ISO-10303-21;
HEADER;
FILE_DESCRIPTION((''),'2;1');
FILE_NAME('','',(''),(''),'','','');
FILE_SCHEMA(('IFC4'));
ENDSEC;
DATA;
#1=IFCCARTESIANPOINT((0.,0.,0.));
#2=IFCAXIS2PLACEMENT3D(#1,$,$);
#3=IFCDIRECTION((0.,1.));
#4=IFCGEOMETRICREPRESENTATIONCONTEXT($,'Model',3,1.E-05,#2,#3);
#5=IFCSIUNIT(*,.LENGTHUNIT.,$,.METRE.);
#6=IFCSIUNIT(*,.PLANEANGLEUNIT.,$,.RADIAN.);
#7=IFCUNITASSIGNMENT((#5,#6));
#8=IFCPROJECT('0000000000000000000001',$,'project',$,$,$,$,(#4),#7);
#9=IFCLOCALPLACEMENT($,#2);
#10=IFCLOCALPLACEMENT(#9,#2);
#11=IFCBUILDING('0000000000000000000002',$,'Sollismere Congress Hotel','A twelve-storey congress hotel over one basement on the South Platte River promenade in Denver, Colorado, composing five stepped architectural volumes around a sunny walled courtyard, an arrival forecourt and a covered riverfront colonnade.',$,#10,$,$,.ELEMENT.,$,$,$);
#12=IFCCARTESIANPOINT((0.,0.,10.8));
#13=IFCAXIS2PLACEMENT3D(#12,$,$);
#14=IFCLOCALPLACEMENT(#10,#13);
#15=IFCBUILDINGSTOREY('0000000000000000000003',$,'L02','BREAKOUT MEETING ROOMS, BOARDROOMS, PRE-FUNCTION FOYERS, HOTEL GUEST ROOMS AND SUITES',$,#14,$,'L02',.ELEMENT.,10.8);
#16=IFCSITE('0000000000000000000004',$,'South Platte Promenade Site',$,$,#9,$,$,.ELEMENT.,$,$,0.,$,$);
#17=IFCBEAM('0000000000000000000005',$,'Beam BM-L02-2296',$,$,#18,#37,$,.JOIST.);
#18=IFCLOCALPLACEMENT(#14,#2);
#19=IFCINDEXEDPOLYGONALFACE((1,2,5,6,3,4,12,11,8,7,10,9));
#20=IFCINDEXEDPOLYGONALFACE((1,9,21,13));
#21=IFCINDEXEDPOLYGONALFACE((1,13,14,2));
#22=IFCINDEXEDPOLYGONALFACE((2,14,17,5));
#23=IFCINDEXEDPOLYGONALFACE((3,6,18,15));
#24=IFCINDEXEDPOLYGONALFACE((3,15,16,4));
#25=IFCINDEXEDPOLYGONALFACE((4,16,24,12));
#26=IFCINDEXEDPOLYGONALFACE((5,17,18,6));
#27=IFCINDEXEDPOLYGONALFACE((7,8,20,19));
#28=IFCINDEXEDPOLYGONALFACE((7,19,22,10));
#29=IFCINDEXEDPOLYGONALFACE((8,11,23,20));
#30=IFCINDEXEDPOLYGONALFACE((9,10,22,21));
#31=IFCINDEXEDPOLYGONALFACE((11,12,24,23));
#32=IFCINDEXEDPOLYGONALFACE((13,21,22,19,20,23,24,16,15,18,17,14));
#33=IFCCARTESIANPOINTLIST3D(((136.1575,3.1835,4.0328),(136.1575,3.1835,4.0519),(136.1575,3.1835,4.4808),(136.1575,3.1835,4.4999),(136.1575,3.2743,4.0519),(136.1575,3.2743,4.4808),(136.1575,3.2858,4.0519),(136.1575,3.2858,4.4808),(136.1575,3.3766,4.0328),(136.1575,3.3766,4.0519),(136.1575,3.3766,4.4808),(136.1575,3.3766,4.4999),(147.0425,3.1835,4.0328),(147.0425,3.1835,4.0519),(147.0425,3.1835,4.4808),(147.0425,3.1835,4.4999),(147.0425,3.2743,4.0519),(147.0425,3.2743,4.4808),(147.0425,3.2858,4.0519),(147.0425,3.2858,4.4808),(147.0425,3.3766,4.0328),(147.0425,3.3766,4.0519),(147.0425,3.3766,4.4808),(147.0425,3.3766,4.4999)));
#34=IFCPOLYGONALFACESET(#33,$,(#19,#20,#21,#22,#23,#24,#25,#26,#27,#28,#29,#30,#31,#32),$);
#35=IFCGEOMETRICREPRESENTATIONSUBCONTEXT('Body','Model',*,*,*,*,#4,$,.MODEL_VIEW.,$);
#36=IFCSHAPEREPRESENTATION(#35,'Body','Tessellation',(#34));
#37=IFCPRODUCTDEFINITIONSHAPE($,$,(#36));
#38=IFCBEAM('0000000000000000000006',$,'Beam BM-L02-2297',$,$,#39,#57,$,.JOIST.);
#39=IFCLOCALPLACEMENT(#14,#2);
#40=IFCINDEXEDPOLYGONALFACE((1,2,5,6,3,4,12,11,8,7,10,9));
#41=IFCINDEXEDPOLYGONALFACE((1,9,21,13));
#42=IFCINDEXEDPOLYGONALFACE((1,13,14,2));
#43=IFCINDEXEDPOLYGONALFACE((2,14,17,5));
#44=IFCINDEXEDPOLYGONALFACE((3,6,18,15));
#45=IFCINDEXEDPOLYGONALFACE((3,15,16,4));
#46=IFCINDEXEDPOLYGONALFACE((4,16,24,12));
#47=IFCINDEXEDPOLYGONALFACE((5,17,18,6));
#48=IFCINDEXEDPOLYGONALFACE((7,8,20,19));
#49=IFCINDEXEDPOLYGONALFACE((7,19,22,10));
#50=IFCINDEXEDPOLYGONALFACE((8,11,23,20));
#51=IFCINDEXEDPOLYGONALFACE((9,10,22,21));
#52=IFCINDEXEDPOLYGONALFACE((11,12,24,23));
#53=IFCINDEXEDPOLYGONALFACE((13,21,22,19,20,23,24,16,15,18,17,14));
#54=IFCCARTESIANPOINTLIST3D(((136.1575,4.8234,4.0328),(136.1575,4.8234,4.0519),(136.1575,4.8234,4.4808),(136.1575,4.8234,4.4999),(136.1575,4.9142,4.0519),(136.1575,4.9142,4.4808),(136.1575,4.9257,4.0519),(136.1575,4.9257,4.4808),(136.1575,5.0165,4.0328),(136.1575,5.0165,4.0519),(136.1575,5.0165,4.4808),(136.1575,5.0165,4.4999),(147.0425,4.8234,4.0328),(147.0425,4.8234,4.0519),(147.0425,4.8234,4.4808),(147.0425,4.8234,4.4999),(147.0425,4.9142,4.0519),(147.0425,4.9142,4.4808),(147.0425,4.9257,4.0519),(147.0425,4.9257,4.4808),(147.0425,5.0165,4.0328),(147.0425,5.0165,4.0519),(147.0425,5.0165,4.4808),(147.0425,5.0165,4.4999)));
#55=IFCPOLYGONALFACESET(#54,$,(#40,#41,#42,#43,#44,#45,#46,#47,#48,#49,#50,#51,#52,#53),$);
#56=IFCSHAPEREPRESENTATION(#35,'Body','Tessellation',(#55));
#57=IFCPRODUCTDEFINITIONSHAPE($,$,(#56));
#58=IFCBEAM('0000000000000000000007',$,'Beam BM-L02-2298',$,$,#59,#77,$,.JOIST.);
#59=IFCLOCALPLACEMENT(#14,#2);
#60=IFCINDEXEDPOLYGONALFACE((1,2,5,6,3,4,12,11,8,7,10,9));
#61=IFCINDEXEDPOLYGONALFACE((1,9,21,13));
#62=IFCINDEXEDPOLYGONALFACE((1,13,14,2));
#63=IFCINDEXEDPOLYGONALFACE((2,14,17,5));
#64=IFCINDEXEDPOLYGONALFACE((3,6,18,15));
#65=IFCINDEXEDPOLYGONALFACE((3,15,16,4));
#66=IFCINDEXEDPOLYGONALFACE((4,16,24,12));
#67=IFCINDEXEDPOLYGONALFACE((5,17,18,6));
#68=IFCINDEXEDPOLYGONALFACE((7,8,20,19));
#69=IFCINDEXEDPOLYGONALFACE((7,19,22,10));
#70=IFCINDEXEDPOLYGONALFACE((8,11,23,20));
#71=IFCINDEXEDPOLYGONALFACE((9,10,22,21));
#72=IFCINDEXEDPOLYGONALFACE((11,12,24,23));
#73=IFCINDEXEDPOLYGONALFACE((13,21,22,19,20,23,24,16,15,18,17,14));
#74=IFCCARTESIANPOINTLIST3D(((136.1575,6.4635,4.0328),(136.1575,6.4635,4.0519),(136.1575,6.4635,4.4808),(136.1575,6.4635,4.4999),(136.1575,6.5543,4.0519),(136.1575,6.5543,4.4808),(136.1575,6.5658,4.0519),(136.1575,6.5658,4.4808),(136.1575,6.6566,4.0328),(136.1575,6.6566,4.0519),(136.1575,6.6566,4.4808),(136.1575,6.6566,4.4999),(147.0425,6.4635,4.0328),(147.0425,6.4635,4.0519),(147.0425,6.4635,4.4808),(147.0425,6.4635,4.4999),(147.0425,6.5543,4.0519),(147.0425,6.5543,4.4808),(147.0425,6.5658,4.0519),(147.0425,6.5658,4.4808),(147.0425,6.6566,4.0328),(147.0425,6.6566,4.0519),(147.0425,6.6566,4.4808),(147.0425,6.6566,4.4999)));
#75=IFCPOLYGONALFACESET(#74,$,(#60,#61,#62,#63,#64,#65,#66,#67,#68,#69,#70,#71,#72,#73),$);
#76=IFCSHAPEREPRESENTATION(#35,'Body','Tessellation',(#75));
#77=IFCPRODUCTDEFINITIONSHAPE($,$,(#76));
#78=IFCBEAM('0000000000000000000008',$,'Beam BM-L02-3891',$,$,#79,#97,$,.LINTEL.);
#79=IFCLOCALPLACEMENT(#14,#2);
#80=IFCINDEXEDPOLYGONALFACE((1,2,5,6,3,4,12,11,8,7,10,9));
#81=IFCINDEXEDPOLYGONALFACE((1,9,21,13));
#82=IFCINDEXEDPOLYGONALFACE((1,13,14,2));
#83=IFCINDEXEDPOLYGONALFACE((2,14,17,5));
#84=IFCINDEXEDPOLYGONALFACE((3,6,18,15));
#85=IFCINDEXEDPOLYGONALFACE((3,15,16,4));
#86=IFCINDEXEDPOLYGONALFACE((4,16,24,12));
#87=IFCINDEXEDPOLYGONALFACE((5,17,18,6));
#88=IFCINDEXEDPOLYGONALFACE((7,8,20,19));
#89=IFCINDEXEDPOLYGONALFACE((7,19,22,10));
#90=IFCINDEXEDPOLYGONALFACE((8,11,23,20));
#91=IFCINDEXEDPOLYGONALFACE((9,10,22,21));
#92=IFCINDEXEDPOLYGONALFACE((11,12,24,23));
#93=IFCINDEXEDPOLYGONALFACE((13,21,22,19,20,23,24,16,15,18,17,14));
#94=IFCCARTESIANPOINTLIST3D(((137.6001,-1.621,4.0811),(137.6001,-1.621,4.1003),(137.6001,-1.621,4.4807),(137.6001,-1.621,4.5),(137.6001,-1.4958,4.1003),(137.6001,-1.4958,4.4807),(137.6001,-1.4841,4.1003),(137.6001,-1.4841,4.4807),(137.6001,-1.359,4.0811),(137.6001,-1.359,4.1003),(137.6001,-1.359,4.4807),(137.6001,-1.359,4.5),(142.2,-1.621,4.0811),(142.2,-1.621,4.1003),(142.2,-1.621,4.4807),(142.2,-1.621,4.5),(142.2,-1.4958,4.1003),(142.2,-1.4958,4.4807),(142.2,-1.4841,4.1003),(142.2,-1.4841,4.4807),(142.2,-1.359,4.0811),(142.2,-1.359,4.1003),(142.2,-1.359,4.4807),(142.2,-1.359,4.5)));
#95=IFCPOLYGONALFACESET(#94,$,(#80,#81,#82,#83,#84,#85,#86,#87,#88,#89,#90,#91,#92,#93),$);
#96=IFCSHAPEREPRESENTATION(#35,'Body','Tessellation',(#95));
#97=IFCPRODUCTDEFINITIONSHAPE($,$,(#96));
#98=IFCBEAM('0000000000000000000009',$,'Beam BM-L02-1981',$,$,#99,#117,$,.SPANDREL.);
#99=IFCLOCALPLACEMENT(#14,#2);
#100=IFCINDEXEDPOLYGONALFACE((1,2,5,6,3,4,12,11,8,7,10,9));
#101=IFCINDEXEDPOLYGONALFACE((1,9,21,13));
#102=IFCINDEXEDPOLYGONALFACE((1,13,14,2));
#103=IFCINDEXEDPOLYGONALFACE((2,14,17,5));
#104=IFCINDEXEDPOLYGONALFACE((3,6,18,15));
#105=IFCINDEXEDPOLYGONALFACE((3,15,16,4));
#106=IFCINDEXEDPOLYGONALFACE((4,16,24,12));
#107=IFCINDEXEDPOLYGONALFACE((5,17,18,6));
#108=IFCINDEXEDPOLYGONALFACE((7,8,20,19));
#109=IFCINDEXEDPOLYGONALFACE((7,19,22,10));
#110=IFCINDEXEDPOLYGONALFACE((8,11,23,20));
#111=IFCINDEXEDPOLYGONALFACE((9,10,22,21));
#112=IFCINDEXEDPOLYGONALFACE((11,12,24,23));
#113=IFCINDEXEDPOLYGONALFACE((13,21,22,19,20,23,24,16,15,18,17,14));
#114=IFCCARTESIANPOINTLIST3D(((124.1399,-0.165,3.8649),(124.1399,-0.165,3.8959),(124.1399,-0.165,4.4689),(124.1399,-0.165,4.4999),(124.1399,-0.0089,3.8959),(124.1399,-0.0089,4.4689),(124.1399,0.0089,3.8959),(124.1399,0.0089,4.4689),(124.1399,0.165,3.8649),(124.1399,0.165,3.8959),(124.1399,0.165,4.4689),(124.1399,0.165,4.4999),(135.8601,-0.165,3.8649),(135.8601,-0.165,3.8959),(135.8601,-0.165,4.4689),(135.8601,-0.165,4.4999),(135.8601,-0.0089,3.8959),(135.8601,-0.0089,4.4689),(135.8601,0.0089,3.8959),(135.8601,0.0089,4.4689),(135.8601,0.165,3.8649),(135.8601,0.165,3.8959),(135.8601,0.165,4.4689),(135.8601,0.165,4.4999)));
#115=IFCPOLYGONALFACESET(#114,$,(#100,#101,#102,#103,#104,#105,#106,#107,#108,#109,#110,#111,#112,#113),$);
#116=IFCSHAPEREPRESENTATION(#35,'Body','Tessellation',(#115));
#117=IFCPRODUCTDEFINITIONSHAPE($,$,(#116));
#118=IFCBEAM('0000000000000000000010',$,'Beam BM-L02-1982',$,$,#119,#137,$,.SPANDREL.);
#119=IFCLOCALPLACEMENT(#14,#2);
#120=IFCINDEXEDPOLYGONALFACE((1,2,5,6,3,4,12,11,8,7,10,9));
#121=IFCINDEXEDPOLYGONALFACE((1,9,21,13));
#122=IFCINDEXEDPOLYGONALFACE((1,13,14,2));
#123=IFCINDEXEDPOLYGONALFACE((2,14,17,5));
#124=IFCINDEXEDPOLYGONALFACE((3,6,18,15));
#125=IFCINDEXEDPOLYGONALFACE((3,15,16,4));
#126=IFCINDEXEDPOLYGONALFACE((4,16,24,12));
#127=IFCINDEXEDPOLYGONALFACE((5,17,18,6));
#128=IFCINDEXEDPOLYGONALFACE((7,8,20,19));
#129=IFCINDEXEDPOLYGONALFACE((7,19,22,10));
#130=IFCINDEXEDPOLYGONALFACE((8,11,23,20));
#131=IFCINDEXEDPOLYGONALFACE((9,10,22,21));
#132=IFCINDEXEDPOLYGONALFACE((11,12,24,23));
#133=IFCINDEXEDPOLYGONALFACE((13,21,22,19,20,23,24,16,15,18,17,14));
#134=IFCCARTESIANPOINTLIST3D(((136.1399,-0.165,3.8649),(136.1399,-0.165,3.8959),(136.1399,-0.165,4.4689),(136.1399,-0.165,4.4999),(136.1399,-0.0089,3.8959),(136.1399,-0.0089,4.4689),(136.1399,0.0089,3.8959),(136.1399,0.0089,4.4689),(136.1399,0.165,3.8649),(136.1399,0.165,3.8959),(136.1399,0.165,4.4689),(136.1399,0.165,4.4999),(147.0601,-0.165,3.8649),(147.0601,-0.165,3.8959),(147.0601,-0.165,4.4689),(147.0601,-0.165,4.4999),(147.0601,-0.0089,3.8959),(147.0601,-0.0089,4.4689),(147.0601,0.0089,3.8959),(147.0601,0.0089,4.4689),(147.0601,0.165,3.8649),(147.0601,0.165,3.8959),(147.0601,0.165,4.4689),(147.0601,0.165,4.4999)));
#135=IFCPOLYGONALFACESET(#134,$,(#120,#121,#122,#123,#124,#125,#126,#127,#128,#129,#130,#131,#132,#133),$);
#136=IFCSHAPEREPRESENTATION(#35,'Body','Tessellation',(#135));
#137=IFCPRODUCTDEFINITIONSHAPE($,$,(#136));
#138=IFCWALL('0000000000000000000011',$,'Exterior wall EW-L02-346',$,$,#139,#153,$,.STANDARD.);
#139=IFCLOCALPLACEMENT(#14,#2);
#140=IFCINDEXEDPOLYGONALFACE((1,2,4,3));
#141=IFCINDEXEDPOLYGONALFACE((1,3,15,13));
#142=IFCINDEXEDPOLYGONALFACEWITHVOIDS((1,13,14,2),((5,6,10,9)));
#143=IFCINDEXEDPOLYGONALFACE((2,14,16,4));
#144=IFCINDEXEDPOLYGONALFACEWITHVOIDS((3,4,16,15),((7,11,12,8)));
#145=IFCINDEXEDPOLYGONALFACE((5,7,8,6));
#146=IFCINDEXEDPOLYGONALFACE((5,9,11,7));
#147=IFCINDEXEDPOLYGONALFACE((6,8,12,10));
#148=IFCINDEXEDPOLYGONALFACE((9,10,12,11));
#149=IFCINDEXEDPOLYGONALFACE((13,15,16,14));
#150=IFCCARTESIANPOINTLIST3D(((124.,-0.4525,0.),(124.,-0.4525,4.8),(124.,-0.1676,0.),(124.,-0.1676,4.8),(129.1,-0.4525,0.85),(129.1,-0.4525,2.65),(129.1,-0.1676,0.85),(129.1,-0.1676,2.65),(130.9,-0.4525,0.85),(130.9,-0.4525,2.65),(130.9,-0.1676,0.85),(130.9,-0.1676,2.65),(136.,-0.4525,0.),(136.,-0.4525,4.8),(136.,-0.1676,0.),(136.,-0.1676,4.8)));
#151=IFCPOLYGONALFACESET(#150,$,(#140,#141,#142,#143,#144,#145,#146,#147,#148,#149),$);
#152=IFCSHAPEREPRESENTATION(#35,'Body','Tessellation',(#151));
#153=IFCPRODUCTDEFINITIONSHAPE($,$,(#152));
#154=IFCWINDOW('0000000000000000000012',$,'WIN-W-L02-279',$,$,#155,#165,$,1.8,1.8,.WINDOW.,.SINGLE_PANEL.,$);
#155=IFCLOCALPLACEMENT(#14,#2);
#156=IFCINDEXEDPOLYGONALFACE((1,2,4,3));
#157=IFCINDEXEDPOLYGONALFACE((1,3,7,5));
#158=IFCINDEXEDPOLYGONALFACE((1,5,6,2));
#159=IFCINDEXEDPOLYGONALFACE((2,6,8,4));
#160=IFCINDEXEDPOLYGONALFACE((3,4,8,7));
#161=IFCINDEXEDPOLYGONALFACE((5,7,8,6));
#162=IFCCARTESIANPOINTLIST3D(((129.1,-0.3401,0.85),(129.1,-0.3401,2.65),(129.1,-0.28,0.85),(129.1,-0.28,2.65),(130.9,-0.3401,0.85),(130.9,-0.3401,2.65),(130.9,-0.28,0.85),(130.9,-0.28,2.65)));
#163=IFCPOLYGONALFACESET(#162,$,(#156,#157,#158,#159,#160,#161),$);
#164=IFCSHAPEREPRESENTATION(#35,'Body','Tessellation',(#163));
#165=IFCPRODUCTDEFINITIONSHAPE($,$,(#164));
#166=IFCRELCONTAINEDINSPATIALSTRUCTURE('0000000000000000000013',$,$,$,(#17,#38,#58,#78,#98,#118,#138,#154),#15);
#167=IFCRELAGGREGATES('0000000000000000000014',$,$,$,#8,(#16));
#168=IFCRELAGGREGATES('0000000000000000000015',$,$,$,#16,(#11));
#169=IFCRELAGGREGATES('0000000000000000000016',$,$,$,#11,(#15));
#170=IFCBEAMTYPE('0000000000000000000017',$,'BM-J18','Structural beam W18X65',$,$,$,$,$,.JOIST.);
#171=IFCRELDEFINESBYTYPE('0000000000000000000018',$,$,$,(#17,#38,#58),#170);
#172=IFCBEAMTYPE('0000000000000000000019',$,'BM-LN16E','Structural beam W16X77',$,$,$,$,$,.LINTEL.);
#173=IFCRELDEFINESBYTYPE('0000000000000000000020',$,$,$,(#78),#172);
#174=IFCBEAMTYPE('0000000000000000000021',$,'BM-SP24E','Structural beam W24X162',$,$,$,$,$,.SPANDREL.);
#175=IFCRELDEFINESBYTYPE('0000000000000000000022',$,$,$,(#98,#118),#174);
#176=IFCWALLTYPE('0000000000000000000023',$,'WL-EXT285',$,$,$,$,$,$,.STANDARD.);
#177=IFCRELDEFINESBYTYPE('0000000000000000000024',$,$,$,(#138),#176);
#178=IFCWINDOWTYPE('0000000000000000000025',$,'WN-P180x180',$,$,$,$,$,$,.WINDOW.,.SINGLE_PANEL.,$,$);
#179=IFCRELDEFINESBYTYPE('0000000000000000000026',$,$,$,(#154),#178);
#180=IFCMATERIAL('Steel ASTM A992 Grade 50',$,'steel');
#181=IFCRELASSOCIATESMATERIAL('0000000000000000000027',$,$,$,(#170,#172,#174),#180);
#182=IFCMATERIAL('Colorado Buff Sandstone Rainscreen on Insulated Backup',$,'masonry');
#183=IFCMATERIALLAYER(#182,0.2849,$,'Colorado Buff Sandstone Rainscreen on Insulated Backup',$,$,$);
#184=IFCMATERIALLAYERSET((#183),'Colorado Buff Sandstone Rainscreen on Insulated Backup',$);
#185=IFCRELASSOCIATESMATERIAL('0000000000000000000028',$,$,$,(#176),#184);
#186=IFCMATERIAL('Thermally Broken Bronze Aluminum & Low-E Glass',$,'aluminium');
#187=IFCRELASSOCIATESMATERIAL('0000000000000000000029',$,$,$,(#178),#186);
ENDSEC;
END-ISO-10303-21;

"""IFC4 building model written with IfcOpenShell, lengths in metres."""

from ifc_helpers import new_model, si_unit, direction, frame, frame_2d, origin, origin_2d, place, context, subcontext, project, spatial, rectangle, i_section, extrude, material, layer, layer_set, material_profile, profile_set, type_object, element, fill, save


model = new_model("IFC4")

# Units and contexts
model_context = context("Model", 3, precision=1e-05, world=origin(), true_north=direction((0.0, 1.0)))
body_context = subcontext(model_context, "Body", "Model", "MODEL_VIEW")
ifc_project = project(units=[si_unit("LENGTHUNIT", "METRE"), si_unit("PLANEANGLEUNIT", "RADIAN")], contexts=[model_context])

# Site, building, storey
site_placement = place(None, origin())
site = spatial("IfcSite", under=ifc_project, at=site_placement, Name="South Platte Promenade Site", CompositionType="ELEMENT", RefElevation=0.0)
building_placement = place(site_placement, origin())
building = spatial("IfcBuilding", under=site, at=building_placement, Name="Sollismere Congress Hotel", Description="A twelve-storey congress hotel over one basement on the South Platte River promenade in Denver, Colorado, composing five stepped architectural volumes around a sunny walled courtyard, an arrival forecourt and a covered riverfront colonnade.", CompositionType="ELEMENT")
storey_placement = place(building_placement, frame((0.0, 0.0, 10.8)))
storey = spatial("IfcBuildingStorey", under=building, at=storey_placement, Name="L02", Description="BREAKOUT MEETING ROOMS, BOARDROOMS, PRE-FUNCTION FOYERS, HOTEL GUEST ROOMS AND SUITES", LongName="L02", CompositionType="ELEMENT", Elevation=10.8)

# Shared definitions
ifc_material_1 = material(Name="Steel ASTM A992 Grade 50", Category="steel")

# Beams
ifc_material_profile_1 = material_profile(ifc_material_1, i_section(OverallWidth=0.1931, OverallDepth=0.467, WebThickness=0.0115, FlangeThickness=0.019, at=origin_2d()), Name="W18X65")
ifc_profile_set_1 = profile_set([ifc_material_profile_1], Name="Steel ASTM A992 Grade 50")
beam_type_1 = type_object("IfcBeamType", Name="BM-J18", Description="Structural beam W18X65", PredefinedType="JOIST", material=ifc_profile_set_1)
for number, where, z_axis, x_axis, name in (
    (1, (136.1575, 3.28, 4.2664), (1.0, 0.0, 0.0), (0.0, 1.0, 0.0), "Beam BM-L02-2296"),
    (2, (136.1575, 4.9199, 4.2664), (1.0, 0.0, 0.0), (0.0, 1.0, 0.0), "Beam BM-L02-2297"),
    (3, (136.1575, 6.5601, 4.2664), (1.0, 0.0, 0.0), (0.0, 1.0, 0.0), "Beam BM-L02-2298"),
):
    element("IfcBeam", number, at=place(storey_placement, frame(where, z_axis=z_axis, x_axis=x_axis)), inside=storey, type_object=beam_type_1, Name=name, PredefinedType="JOIST", context=body_context, shape_type="SweptSolid", body=[
        extrude(i_section(OverallWidth=0.1931, OverallDepth=0.467, WebThickness=0.0115, FlangeThickness=0.019, at=origin_2d()), origin(), (0.0, 0.0, 1.0), 10.885),
    ])
ifc_material_profile_2 = material_profile(ifc_material_1, i_section(OverallWidth=0.262, OverallDepth=0.4189, WebThickness=0.0117, FlangeThickness=0.0193, at=origin_2d()), Name="W16X77")
ifc_profile_set_2 = profile_set([ifc_material_profile_2], Name="Steel ASTM A992 Grade 50")
beam_type_2 = type_object("IfcBeamType", Name="BM-LN16E", Description="Structural beam W16X77", PredefinedType="LINTEL", material=ifc_profile_set_2)
beam_1_placement = place(storey_placement, frame((137.6001, -1.49, 4.2905), z_axis=(1.0, 0.0, 0.0), x_axis=(0.0, 1.0, 0.0)))
element("IfcBeam", 4, at=beam_1_placement, inside=storey, type_object=beam_type_2, Name="Beam BM-L02-3891", PredefinedType="LINTEL", context=body_context, shape_type="SweptSolid", body=[
    extrude(i_section(OverallWidth=0.262, OverallDepth=0.4189, WebThickness=0.0117, FlangeThickness=0.0193, at=origin_2d()), origin(), (0.0, 0.0, 1.0), 4.5999),
])
ifc_material_profile_3 = material_profile(ifc_material_1, i_section(OverallWidth=0.3301, OverallDepth=0.635, WebThickness=0.0178, FlangeThickness=0.031, at=origin_2d()), Name="W24X162")
ifc_profile_set_3 = profile_set([ifc_material_profile_3], Name="Steel ASTM A992 Grade 50")
beam_type_3 = type_object("IfcBeamType", Name="BM-SP24E", Description="Structural beam W24X162", PredefinedType="SPANDREL", material=ifc_profile_set_3)
beam_2_placement = place(storey_placement, frame((124.1399, 0.0, 4.1824), z_axis=(1.0, 0.0, 0.0), x_axis=(0.0, 1.0, 0.0)))
element("IfcBeam", 5, at=beam_2_placement, inside=storey, type_object=beam_type_3, Name="Beam BM-L02-1981", PredefinedType="SPANDREL", context=body_context, shape_type="SweptSolid", body=[
    extrude(i_section(OverallWidth=0.3301, OverallDepth=0.635, WebThickness=0.0178, FlangeThickness=0.031, at=origin_2d()), origin(), (0.0, 0.0, 1.0), 11.7202),
])
beam_3_placement = place(storey_placement, frame((136.1399, 0.0, 4.1824), z_axis=(1.0, 0.0, 0.0), x_axis=(0.0, 1.0, 0.0)))
element("IfcBeam", 6, at=beam_3_placement, inside=storey, type_object=beam_type_3, Name="Beam BM-L02-1982", PredefinedType="SPANDREL", context=body_context, shape_type="SweptSolid", body=[
    extrude(i_section(OverallWidth=0.3301, OverallDepth=0.635, WebThickness=0.0178, FlangeThickness=0.031, at=origin_2d()), origin(), (0.0, 0.0, 1.0), 10.9202),
])

# Wall, opening, window
ifc_material_2 = material(Name="Colorado Buff Sandstone Rainscreen on Insulated Backup", Category="masonry")
ifc_layer_1 = layer(ifc_material_2, 0.2849, Name="Colorado Buff Sandstone Rainscreen on Insulated Backup")
ifc_layer_set_1 = layer_set([ifc_layer_1], Name="Colorado Buff Sandstone Rainscreen on Insulated Backup")
wall_type_1 = type_object("IfcWallType", Name="WL-EXT285", PredefinedType="STANDARD", material=ifc_layer_set_1)
wall_1_placement = place(storey_placement, frame((124.0, -0.3101, 0.0), z_axis=(0.0, 0.0, 1.0), x_axis=(1.0, 0.0, 0.0)))
wall_1 = element("IfcWall", 7, at=wall_1_placement, inside=storey, type_object=wall_type_1, Name="Exterior wall EW-L02-346", PredefinedType="STANDARD", context=body_context, shape_type="SweptSolid", body=[
    extrude(rectangle(XDim=12.0, YDim=0.2849, at=frame_2d((6.0, 0.0))), origin(), (0.0, 0.0, 1.0), 4.8),
])
opening_1_placement = place(wall_1_placement, frame((5.1001, 0.0, 0.8501)))
opening_1 = element("IfcOpeningElement", 8, at=opening_1_placement, cuts=wall_1, PredefinedType="OPENING", context=body_context, shape_type="SweptSolid", body=[
    extrude(rectangle(XDim=1.8, YDim=1.8, at=frame_2d((0.8999, 0.8999))), frame((0.0, 0.1523, 0.0), z_axis=(0.0, -1.0, 0.0), x_axis=(1.0, 0.0, 0.0)), (0.0, 0.0, 1.0), 0.3049),
])
ifc_material_3 = material(Name="Thermally Broken Bronze Aluminum & Low-E Glass", Category="aluminium")
window_type_1 = type_object("IfcWindowType", Name="WN-P180x180", PartitioningType="SINGLE_PANEL", PredefinedType="WINDOW", material=ifc_material_3)
window_1_placement = place(opening_1_placement, origin())
window_1 = element("IfcWindow", 9, at=window_1_placement, inside=storey, type_object=window_type_1, Name="WIN-W-L02-279", OverallHeight=1.8, OverallWidth=1.8, PartitioningType="SINGLE_PANEL", PredefinedType="WINDOW", context=body_context, shape_type="SweptSolid", body=[
    extrude(rectangle(XDim=1.8, YDim=1.8, at=frame_2d((0.8999, 0.8999))), frame((0.0, 0.03, 0.0), z_axis=(0.0, -1.0, 0.0), x_axis=(1.0, 0.0, 0.0)), (0.0, 0.0, 1.0), 0.0601),
])
fill(opening_1, window_1)

save(model, "model.ifc")
